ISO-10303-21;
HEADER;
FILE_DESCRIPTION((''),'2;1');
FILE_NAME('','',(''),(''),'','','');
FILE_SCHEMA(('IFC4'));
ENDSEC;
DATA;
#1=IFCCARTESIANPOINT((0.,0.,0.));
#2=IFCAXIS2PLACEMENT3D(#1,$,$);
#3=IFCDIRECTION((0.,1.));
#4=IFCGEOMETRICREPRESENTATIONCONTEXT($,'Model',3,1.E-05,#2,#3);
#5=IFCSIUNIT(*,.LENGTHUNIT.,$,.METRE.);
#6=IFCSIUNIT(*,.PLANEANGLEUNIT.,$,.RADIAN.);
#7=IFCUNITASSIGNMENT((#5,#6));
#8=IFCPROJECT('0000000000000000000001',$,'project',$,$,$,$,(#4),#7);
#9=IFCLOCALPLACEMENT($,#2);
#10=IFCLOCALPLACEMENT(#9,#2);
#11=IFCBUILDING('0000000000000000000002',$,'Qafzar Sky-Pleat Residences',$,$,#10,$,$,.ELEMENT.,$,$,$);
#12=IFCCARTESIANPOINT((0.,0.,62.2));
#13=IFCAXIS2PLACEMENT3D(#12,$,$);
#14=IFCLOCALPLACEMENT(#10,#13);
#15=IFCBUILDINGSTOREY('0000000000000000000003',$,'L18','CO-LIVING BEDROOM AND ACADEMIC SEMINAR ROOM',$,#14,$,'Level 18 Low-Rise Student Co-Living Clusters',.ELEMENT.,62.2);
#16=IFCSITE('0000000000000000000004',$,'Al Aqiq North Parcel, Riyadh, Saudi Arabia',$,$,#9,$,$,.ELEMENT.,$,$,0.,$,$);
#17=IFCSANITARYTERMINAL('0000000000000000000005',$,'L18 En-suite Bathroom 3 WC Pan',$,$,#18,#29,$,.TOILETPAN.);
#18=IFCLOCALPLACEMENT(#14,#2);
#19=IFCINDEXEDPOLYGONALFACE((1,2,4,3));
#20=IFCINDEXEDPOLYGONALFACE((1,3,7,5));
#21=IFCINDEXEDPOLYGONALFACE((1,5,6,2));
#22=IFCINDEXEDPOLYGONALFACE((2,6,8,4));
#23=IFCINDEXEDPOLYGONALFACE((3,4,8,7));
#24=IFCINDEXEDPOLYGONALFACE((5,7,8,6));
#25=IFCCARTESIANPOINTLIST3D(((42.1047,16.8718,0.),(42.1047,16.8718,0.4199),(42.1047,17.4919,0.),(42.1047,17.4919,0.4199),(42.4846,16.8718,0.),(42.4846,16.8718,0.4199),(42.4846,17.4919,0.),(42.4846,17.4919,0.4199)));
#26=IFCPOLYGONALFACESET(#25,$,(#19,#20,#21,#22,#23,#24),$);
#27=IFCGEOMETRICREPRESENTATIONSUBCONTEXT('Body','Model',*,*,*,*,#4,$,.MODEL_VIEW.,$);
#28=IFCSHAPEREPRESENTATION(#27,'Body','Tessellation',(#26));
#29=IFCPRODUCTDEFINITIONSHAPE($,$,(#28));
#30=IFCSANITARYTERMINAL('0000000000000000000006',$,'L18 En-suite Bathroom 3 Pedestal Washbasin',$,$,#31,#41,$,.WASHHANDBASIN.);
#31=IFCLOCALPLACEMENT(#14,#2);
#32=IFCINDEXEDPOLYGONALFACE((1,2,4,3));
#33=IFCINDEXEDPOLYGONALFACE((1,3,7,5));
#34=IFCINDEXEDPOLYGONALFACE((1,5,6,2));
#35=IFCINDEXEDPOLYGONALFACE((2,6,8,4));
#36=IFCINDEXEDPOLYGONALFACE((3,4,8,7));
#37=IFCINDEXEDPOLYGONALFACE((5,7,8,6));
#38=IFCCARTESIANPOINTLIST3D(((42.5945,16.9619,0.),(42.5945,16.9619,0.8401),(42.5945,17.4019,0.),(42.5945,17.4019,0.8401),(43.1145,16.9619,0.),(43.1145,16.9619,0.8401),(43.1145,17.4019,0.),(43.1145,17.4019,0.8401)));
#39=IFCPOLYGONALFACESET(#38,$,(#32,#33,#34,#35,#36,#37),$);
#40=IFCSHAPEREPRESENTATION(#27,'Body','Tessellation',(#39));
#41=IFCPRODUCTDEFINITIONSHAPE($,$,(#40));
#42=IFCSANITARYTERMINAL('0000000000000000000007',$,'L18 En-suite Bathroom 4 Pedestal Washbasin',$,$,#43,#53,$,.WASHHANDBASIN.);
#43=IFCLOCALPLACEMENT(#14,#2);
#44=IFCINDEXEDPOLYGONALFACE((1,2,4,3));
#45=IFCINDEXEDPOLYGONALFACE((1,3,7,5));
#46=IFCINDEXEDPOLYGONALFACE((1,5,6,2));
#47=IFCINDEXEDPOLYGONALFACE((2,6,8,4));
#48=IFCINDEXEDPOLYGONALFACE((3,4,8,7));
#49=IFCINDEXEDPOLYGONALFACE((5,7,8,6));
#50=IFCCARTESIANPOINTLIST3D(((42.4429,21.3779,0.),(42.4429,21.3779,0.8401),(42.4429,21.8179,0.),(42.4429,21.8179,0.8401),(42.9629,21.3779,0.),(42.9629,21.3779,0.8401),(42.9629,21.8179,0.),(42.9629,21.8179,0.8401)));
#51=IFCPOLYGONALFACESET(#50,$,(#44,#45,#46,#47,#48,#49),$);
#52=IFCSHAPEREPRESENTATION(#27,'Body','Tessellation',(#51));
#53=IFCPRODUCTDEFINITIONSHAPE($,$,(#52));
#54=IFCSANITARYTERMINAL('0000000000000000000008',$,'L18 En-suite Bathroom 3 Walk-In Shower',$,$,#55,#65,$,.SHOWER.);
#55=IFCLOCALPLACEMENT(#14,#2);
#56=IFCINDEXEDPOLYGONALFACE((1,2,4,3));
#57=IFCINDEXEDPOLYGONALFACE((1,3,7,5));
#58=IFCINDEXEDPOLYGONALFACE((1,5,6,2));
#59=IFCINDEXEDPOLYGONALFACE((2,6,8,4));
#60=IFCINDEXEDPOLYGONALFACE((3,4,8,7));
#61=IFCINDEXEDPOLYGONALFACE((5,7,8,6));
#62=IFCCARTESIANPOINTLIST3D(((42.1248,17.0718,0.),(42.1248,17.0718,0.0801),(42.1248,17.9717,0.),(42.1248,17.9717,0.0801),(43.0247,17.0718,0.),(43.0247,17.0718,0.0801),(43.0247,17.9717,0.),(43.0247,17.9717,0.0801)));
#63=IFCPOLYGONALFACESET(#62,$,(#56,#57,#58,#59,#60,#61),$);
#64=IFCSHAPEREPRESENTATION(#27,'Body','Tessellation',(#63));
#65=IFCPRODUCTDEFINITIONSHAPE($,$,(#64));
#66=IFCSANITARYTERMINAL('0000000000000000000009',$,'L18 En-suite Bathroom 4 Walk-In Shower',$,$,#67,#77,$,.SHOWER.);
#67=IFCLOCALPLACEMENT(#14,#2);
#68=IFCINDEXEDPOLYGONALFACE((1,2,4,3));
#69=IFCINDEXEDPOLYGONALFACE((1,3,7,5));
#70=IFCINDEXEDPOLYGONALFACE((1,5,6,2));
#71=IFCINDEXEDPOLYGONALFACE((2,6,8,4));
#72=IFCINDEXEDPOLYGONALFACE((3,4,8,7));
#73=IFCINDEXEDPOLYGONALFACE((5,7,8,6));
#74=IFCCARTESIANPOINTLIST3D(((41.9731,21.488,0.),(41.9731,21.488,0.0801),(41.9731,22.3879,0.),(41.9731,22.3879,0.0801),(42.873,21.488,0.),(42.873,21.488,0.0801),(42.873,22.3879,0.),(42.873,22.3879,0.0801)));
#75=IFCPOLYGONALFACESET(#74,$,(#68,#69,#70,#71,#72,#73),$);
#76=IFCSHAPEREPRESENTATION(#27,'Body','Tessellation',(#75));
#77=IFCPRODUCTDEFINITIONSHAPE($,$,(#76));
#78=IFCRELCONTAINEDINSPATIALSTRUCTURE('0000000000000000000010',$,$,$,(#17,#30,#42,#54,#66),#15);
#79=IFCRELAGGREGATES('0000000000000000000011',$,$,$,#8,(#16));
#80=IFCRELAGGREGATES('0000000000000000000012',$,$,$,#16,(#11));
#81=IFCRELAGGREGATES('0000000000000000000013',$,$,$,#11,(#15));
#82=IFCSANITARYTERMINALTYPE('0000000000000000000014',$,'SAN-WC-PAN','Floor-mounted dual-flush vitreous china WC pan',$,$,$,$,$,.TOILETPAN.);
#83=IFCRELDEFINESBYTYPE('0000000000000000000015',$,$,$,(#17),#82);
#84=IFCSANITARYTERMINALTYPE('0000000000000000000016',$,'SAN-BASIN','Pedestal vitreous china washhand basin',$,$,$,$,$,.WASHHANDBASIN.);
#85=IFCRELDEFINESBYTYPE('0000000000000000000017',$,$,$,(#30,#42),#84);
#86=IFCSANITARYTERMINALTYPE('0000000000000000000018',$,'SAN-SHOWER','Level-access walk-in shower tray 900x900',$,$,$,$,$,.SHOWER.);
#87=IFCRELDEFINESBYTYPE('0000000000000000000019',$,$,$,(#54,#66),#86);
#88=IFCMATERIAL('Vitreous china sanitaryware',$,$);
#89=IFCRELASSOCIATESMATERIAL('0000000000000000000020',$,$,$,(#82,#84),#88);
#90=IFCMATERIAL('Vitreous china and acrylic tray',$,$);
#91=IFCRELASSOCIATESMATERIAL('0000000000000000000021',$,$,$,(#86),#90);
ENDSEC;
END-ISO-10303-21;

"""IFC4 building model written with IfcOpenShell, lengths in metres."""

from ifc_helpers import new_model, si_unit, direction, frame, origin, origin_2d, place, context, subcontext, project, spatial, rectangle, extrude, source, transform, mapped, material, type_object, element, save


model = new_model("IFC4")

# Units and contexts
model_context = context("Model", 3, precision=1e-05, world=origin(), true_north=direction((0.0, 1.0)))
body_context = subcontext(model_context, "Body", "Model", "MODEL_VIEW")
ifc_project = project(units=[si_unit("LENGTHUNIT", "METRE"), si_unit("PLANEANGLEUNIT", "RADIAN")], contexts=[model_context])

# Site, building, storey
site_placement = place(None, origin())
site = spatial("IfcSite", under=ifc_project, at=site_placement, Name="Al Aqiq North Parcel, Riyadh, Saudi Arabia", CompositionType="ELEMENT", RefElevation=0.0)
building_placement = place(site_placement, origin())
building = spatial("IfcBuilding", under=site, at=building_placement, Name="Qafzar Sky-Pleat Residences", CompositionType="ELEMENT")
storey_placement = place(building_placement, frame((0.0, 0.0, 62.2)))
storey = spatial("IfcBuildingStorey", under=building, at=storey_placement, Name="L18", Description="CO-LIVING BEDROOM AND ACADEMIC SEMINAR ROOM", LongName="Level 18 Low-Rise Student Co-Living Clusters", CompositionType="ELEMENT", Elevation=62.2)

# Sanitary terminals
ifc_material_1 = material(Name="Vitreous china sanitaryware")
sanitary_terminal_type_1 = type_object("IfcSanitaryTerminalType", Name="SAN-WC-PAN", Description="Floor-mounted dual-flush vitreous china WC pan", PredefinedType="TOILETPAN", material=ifc_material_1)
shared_shape_1 = source(origin(), body_context, "Body", "SweptSolid", [
    extrude(rectangle(XDim=0.3799, YDim=0.6201, at=origin_2d()), origin(), (0.0, 0.0, 1.0), 0.4199),
])
sanitary_terminal_placement = place(storey_placement, frame((42.2947, 17.1819, 0.0), z_axis=(0.0, 0.0, 1.0), x_axis=(1.0, 0.0, 0.0)))
element("IfcSanitaryTerminal", 1, at=sanitary_terminal_placement, inside=storey, type_object=sanitary_terminal_type_1, Name="L18 En-suite Bathroom 3 WC Pan", PredefinedType="TOILETPAN", context=body_context, shape_type="MappedRepresentation", body=[
    mapped(shared_shape_1, transform((0.0, 0.0, 0.0), x_axis=(1.0, 0.0, 0.0), y_axis=(0.0, 1.0, 0.0), z_axis=(0.0, 0.0, 1.0), scale=1.0)),
])
sanitary_terminal_type_2 = type_object("IfcSanitaryTerminalType", Name="SAN-BASIN", Description="Pedestal vitreous china washhand basin", PredefinedType="WASHHANDBASIN", material=ifc_material_1)
shared_shape_2 = source(origin(), body_context, "Body", "SweptSolid", [
    extrude(rectangle(XDim=0.52, YDim=0.4399, at=origin_2d()), origin(), (0.0, 0.0, 1.0), 0.8401),
])
for number, where, z_axis, x_axis, name in (
    (2, (42.8545, 17.1819, 0.0), (0.0, 0.0, 1.0), (1.0, 0.0, 0.0), "L18 En-suite Bathroom 3 Pedestal Washbasin"),
    (3, (42.7029, 21.5979, 0.0), (0.0, 0.0, 1.0), (1.0, 0.0, 0.0), "L18 En-suite Bathroom 4 Pedestal Washbasin"),
):
    element("IfcSanitaryTerminal", number, at=place(storey_placement, frame(where, z_axis=z_axis, x_axis=x_axis)), inside=storey, type_object=sanitary_terminal_type_2, Name=name, PredefinedType="WASHHANDBASIN", context=body_context, shape_type="MappedRepresentation", body=[
        mapped(shared_shape_2, transform((0.0, 0.0, 0.0), x_axis=(1.0, 0.0, 0.0), y_axis=(0.0, 1.0, 0.0), z_axis=(0.0, 0.0, 1.0), scale=1.0)),
    ])
ifc_material_2 = material(Name="Vitreous china and acrylic tray")
sanitary_terminal_type_3 = type_object("IfcSanitaryTerminalType", Name="SAN-SHOWER", Description="Level-access walk-in shower tray 900x900", PredefinedType="SHOWER", material=ifc_material_2)
shared_shape_3 = source(origin(), body_context, "Body", "SweptSolid", [
    extrude(rectangle(XDim=0.8999, YDim=0.8999, at=origin_2d()), origin(), (0.0, 0.0, 1.0), 0.0801),
])
for number, where, z_axis, x_axis, name in (
    (4, (42.5747, 17.5217, 0.0), (0.0, 0.0, 1.0), (1.0, 0.0, 0.0), "L18 En-suite Bathroom 3 Walk-In Shower"),
    (5, (42.4231, 21.938, 0.0), (0.0, 0.0, 1.0), (1.0, 0.0, 0.0), "L18 En-suite Bathroom 4 Walk-In Shower"),
):
    element("IfcSanitaryTerminal", number, at=place(storey_placement, frame(where, z_axis=z_axis, x_axis=x_axis)), inside=storey, type_object=sanitary_terminal_type_3, Name=name, PredefinedType="SHOWER", context=body_context, shape_type="MappedRepresentation", body=[
        mapped(shared_shape_3, transform((0.0, 0.0, 0.0), x_axis=(1.0, 0.0, 0.0), y_axis=(0.0, 1.0, 0.0), z_axis=(0.0, 0.0, 1.0), scale=1.0)),
    ])

save(model, "model.ifc")
